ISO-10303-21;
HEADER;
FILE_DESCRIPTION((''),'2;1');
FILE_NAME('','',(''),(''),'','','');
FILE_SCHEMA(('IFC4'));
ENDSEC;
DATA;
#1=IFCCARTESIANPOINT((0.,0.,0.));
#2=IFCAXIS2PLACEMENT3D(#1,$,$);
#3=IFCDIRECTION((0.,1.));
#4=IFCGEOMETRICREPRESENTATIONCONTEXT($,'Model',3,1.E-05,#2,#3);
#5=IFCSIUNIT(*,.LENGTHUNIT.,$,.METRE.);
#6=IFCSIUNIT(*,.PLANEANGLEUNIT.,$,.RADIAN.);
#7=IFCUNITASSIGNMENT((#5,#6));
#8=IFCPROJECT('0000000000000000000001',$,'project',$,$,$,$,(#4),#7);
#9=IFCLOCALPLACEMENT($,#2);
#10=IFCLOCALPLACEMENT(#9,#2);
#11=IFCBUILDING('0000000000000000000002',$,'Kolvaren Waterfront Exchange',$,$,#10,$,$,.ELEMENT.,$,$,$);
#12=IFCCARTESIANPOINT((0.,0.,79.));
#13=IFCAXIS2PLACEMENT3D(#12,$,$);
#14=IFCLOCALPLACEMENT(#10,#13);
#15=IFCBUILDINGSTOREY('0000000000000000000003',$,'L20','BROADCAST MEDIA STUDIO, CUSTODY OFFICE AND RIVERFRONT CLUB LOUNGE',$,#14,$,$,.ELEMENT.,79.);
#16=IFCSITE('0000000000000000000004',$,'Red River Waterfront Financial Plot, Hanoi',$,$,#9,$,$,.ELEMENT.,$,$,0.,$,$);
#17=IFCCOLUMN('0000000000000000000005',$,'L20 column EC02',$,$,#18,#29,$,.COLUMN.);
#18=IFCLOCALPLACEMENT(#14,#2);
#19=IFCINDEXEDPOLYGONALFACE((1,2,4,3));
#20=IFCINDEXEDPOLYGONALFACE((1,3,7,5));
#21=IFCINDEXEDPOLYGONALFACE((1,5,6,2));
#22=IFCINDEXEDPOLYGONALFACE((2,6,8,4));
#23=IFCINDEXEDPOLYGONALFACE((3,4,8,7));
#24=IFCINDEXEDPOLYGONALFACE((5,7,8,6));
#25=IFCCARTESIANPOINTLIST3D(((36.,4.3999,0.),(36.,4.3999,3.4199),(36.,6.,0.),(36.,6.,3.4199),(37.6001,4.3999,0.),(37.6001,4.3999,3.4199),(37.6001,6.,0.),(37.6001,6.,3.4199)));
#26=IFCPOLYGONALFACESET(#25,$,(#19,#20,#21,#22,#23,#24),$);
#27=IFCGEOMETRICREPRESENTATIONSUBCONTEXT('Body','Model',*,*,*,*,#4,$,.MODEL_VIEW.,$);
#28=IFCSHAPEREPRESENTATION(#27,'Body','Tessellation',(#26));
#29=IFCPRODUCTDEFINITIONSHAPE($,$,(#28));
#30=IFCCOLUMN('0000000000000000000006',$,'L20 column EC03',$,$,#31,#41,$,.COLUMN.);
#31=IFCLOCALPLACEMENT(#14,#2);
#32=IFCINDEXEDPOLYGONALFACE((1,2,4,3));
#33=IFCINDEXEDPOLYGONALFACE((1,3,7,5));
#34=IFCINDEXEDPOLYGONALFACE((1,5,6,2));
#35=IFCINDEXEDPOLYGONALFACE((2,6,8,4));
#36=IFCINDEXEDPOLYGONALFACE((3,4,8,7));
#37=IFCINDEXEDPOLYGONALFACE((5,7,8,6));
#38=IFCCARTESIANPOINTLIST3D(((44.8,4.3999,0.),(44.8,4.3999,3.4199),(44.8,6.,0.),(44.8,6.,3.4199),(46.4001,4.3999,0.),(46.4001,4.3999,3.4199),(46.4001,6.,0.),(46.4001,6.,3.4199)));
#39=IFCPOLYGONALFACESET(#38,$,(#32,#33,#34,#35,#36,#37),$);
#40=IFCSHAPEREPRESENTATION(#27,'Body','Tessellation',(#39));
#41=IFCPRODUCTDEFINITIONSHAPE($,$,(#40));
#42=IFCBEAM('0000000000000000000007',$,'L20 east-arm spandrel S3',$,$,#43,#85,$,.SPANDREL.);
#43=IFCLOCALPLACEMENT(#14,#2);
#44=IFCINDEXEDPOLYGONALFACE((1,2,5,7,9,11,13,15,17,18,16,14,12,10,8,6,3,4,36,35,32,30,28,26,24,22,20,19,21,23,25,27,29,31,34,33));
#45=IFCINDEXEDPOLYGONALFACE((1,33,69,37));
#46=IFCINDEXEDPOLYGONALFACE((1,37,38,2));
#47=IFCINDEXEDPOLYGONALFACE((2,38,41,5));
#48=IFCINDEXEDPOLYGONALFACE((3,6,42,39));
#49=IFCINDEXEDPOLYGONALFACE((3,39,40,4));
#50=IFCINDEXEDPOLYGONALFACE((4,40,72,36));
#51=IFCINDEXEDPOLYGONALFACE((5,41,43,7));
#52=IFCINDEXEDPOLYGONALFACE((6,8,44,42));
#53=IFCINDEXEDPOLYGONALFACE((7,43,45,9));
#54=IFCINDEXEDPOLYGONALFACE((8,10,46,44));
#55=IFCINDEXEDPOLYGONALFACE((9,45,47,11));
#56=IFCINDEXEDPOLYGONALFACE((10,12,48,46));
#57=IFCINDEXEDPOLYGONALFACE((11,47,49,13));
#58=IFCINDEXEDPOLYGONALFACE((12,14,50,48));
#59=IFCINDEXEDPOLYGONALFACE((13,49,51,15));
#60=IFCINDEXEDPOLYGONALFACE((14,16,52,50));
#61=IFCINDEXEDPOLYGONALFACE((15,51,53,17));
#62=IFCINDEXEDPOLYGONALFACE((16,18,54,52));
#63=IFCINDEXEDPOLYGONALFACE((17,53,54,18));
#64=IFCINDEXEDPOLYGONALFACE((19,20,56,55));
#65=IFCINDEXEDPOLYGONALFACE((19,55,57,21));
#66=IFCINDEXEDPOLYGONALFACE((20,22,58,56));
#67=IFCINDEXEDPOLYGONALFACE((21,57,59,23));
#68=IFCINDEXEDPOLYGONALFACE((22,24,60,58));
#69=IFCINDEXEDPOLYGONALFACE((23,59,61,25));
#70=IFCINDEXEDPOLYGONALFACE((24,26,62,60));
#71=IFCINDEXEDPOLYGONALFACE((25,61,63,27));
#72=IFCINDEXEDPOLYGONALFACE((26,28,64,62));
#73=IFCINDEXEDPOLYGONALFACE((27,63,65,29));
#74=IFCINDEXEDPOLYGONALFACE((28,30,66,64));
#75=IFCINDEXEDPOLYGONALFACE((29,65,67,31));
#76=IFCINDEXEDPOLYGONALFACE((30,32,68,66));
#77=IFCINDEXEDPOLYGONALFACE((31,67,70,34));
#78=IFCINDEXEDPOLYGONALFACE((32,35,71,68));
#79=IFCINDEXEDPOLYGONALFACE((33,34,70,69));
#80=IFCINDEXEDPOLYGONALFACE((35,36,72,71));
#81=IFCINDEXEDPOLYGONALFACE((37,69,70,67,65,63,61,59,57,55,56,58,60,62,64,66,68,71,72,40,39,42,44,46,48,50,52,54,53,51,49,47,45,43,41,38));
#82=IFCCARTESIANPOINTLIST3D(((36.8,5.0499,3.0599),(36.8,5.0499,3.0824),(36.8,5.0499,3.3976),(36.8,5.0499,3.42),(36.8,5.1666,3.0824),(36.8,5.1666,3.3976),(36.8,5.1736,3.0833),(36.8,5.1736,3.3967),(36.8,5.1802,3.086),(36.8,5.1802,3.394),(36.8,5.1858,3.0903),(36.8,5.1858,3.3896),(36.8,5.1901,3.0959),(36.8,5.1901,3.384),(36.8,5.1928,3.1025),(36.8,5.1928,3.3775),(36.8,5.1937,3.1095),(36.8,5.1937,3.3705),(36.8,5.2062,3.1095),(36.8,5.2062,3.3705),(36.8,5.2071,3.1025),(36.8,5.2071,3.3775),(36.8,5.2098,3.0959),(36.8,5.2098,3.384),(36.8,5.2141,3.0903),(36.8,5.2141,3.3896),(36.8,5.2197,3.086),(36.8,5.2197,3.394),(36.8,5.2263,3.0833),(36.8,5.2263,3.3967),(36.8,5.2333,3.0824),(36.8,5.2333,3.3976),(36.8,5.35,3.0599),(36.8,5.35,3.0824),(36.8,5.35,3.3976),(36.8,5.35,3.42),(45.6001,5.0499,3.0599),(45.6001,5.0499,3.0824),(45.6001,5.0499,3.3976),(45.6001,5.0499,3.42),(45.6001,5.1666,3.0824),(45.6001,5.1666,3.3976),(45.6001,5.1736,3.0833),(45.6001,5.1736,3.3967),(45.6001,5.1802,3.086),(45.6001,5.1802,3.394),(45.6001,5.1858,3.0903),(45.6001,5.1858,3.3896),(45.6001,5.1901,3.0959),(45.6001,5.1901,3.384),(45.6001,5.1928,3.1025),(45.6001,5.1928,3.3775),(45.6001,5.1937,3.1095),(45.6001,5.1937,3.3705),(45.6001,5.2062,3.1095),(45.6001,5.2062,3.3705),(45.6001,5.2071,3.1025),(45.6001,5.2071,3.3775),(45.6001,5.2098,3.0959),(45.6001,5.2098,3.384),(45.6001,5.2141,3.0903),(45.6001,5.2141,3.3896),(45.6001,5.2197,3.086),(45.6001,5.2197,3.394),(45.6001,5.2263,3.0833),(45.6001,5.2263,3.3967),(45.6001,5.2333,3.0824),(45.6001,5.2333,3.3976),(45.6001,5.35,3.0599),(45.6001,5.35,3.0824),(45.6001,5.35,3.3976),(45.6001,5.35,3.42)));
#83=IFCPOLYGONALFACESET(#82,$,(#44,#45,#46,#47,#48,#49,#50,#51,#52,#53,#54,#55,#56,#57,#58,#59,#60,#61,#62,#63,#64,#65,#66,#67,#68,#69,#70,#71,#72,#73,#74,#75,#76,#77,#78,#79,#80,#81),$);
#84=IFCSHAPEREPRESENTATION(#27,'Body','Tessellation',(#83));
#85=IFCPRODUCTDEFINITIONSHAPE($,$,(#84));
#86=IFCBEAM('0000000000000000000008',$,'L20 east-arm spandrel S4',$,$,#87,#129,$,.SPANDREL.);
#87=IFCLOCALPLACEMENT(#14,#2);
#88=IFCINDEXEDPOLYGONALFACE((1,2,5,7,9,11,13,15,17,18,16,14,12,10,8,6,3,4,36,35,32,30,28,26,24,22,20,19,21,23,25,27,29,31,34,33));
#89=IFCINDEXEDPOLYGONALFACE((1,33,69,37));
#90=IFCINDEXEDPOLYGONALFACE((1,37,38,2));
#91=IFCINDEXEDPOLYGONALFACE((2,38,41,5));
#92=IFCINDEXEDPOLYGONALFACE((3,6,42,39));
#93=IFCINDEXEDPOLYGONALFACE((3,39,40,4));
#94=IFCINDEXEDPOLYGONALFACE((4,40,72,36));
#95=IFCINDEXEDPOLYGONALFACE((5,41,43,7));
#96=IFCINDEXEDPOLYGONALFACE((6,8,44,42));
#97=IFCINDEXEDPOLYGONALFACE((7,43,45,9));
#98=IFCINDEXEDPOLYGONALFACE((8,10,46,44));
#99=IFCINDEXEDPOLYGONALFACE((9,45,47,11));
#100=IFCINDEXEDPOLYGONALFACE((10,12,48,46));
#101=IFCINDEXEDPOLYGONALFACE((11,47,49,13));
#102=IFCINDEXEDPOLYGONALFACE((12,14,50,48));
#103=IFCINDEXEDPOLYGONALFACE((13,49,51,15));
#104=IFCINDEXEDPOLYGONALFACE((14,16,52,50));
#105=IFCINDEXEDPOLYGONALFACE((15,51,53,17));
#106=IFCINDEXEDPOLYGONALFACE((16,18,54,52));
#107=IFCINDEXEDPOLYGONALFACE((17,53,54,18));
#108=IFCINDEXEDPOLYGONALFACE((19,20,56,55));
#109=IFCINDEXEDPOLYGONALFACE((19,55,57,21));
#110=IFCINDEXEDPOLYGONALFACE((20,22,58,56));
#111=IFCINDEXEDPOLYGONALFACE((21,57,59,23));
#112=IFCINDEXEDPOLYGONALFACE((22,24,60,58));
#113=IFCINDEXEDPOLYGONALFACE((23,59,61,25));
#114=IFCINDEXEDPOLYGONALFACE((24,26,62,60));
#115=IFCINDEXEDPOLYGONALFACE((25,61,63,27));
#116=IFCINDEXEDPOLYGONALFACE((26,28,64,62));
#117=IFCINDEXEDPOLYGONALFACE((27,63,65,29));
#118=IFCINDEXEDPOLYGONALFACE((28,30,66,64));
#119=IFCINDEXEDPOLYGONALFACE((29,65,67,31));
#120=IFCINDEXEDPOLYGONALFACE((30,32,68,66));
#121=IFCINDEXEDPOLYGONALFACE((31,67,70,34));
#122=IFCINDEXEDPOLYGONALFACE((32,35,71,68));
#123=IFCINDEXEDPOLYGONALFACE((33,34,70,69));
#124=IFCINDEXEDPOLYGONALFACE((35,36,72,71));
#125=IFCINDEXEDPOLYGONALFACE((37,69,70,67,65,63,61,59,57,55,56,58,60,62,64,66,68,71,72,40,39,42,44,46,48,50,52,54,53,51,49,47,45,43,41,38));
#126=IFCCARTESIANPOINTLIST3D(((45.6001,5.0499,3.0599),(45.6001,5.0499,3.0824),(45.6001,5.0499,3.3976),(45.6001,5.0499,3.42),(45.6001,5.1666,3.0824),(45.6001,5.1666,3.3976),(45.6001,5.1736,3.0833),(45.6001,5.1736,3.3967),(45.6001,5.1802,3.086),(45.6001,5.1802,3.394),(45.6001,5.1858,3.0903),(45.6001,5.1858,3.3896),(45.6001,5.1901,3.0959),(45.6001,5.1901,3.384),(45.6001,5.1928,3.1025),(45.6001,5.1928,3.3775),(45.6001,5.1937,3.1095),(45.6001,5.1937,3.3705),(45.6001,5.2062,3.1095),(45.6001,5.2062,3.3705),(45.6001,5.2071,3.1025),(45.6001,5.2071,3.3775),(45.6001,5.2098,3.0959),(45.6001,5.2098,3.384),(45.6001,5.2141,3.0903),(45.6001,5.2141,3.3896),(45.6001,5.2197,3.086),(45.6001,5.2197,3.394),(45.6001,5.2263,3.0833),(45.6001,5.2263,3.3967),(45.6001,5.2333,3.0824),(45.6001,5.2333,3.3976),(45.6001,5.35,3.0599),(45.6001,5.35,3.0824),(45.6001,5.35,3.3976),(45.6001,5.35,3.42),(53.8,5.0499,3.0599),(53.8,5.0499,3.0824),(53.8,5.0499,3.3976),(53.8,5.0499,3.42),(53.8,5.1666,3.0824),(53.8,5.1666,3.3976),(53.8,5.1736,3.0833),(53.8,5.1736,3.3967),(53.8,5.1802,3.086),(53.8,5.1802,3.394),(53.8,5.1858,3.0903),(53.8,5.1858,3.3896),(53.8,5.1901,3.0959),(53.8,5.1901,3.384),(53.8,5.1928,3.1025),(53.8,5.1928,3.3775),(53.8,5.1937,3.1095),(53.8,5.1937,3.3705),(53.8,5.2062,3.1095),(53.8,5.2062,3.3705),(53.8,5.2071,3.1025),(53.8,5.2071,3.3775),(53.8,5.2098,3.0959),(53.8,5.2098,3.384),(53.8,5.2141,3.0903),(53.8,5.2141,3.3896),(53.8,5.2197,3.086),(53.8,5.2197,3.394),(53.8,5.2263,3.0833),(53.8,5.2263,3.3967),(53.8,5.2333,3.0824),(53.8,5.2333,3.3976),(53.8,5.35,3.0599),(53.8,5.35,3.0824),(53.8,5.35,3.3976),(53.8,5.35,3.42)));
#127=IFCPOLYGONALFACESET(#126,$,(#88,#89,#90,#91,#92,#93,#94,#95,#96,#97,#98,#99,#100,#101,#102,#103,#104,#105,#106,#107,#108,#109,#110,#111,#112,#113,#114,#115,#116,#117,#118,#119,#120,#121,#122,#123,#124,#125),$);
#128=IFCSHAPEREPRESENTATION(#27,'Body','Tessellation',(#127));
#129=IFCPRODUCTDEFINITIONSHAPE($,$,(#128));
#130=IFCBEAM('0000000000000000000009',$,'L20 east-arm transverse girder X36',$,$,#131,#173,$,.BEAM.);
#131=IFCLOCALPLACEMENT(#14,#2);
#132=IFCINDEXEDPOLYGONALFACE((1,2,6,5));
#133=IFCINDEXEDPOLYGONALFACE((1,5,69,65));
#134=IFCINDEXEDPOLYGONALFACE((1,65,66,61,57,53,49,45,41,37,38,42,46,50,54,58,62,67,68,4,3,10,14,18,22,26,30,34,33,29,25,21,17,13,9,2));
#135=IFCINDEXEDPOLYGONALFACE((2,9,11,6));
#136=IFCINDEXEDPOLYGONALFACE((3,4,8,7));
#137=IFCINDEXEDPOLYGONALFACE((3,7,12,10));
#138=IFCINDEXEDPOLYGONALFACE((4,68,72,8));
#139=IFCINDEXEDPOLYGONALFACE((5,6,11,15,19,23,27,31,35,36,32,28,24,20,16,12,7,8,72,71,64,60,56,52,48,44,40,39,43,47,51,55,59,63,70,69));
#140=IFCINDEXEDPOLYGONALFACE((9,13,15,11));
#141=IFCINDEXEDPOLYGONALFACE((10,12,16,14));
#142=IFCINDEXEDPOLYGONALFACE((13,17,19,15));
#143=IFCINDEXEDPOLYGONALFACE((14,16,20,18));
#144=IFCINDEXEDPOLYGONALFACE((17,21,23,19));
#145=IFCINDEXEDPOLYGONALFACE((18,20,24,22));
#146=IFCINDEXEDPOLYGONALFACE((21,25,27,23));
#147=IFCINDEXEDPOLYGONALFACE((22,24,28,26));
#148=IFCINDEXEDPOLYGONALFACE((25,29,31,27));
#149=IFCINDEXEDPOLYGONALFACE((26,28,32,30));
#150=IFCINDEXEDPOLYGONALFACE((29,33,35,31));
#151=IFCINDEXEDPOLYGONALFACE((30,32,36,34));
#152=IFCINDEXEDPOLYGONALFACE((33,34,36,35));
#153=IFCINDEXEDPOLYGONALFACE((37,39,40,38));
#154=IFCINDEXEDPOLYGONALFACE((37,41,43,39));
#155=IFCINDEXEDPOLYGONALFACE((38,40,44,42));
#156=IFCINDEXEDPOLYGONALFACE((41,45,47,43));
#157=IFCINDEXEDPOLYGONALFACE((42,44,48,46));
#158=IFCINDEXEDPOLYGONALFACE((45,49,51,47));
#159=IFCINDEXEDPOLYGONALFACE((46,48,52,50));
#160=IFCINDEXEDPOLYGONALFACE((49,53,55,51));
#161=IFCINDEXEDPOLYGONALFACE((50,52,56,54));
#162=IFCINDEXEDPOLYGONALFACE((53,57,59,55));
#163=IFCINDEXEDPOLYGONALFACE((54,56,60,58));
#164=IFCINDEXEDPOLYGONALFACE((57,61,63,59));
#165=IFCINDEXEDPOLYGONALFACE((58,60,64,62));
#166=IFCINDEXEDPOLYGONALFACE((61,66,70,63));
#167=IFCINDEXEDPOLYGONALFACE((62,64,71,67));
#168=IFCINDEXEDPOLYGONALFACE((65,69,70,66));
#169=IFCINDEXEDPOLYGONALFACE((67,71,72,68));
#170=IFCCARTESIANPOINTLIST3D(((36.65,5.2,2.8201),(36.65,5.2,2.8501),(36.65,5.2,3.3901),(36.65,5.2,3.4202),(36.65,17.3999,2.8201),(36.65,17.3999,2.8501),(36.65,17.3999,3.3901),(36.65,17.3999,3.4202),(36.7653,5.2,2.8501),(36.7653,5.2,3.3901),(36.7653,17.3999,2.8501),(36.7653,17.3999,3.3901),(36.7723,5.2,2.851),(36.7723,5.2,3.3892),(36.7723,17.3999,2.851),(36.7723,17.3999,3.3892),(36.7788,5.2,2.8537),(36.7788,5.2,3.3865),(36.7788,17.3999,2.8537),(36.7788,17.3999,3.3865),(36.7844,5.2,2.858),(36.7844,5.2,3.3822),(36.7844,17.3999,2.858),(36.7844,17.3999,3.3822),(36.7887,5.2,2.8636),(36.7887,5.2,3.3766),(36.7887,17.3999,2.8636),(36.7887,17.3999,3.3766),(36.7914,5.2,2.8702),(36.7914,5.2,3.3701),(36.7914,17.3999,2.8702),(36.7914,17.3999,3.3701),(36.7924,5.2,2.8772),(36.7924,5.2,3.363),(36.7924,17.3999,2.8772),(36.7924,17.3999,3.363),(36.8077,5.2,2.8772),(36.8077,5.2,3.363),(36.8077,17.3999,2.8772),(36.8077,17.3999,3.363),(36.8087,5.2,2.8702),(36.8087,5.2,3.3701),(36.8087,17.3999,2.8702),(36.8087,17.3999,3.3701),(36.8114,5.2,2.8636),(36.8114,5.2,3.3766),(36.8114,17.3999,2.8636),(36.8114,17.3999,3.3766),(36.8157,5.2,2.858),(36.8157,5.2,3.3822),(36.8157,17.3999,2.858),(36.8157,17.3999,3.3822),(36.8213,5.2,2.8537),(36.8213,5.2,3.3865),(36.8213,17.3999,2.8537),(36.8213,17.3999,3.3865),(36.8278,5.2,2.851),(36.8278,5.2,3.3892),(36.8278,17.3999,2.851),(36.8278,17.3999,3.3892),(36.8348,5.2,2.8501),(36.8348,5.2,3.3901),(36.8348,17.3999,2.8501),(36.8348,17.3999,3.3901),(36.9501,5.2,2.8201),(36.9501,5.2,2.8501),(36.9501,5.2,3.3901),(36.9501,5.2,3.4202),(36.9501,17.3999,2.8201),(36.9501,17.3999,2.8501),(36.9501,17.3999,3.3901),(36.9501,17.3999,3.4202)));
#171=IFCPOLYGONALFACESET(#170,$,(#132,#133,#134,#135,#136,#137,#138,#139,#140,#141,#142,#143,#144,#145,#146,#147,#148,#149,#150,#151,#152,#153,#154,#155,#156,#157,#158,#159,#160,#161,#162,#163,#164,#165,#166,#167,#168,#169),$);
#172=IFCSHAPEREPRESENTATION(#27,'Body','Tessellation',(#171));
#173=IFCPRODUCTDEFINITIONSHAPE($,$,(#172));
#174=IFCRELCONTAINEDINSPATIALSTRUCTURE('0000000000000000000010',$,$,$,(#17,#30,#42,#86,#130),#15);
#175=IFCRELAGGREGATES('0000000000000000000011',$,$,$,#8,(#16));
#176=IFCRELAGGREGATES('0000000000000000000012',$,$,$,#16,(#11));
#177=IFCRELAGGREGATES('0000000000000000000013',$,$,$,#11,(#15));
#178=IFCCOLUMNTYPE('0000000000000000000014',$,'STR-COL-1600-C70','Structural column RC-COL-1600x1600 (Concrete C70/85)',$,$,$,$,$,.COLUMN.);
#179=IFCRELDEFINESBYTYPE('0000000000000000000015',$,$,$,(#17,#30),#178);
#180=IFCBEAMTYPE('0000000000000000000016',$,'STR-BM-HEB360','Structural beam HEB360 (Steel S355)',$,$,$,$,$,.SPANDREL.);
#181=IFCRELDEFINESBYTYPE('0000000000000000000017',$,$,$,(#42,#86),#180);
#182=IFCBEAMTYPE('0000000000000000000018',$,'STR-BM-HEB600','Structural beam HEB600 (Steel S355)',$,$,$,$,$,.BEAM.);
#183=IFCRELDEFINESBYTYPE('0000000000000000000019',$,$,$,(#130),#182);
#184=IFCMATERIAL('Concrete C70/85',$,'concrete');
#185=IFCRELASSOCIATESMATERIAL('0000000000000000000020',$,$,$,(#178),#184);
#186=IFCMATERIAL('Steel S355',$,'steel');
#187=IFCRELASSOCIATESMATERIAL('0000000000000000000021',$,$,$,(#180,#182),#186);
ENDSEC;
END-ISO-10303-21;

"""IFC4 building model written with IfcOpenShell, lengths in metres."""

from ifc_helpers import new_model, si_unit, direction, frame, origin, origin_2d, place, context, subcontext, project, spatial, rectangle, i_section, extrude, material, material_profile, profile_set, type_object, element, save


model = new_model("IFC4")

# Units and contexts
model_context = context("Model", 3, precision=1e-05, world=origin(), true_north=direction((0.0, 1.0)))
body_context = subcontext(model_context, "Body", "Model", "MODEL_VIEW")
ifc_project = project(units=[si_unit("LENGTHUNIT", "METRE"), si_unit("PLANEANGLEUNIT", "RADIAN")], contexts=[model_context])

# Site, building, storey
site_placement = place(None, origin())
site = spatial("IfcSite", under=ifc_project, at=site_placement, Name="Red River Waterfront Financial Plot, Hanoi", CompositionType="ELEMENT", RefElevation=0.0)
building_placement = place(site_placement, origin())
building = spatial("IfcBuilding", under=site, at=building_placement, Name="Kolvaren Waterfront Exchange", CompositionType="ELEMENT")
storey_placement = place(building_placement, frame((0.0, 0.0, 79.0)))
storey = spatial("IfcBuildingStorey", under=building, at=storey_placement, Name="L20", Description="BROADCAST MEDIA STUDIO, CUSTODY OFFICE AND RIVERFRONT CLUB LOUNGE", CompositionType="ELEMENT", Elevation=79.0)

# Columns
ifc_material_1 = material(Name="Concrete C70/85", Category="concrete")
ifc_material_profile_1 = material_profile(ifc_material_1, rectangle(XDim=1.6001, YDim=1.6001, at=origin_2d()), Name="RC-COL-1600x1600")
ifc_profile_set_1 = profile_set([ifc_material_profile_1], Name="Concrete C70/85")
column_type = type_object("IfcColumnType", Name="STR-COL-1600-C70", Description="Structural column RC-COL-1600x1600 (Concrete C70/85)", PredefinedType="COLUMN", material=ifc_profile_set_1)
for number, where, z_axis, x_axis, name in (
    (1, (36.8, 5.2, 0.0), (0.0, 0.0, 1.0), (1.0, 0.0, 0.0), "L20 column EC02"),
    (2, (45.6001, 5.2, 0.0), (0.0, 0.0, 1.0), (1.0, 0.0, 0.0), "L20 column EC03"),
):
    element("IfcColumn", number, at=place(storey_placement, frame(where, z_axis=z_axis, x_axis=x_axis)), inside=storey, type_object=column_type, Name=name, PredefinedType="COLUMN", context=body_context, shape_type="SweptSolid", body=[
        extrude(rectangle(XDim=1.6001, YDim=1.6001, at=origin_2d()), origin(), (0.0, 0.0, 1.0), 3.4199),
    ])

# Beams
ifc_material_2 = material(Name="Steel S355", Category="steel")
ifc_material_profile_2 = material_profile(ifc_material_2, i_section(OverallWidth=0.3, OverallDepth=0.3601, WebThickness=0.0125, FlangeThickness=0.0225, FilletRadius=0.0271, at=origin_2d()), Name="HEB360")
ifc_profile_set_2 = profile_set([ifc_material_profile_2], Name="Steel S355")
beam_type_1 = type_object("IfcBeamType", Name="STR-BM-HEB360", Description="Structural beam HEB360 (Steel S355)", PredefinedType="SPANDREL", material=ifc_profile_set_2)
beam_1_placement = place(storey_placement, frame((36.8, 5.2, 3.24), z_axis=(1.0, 0.0, 0.0), x_axis=(0.0, 1.0, 0.0)))
element("IfcBeam", 3, at=beam_1_placement, inside=storey, type_object=beam_type_1, Name="L20 east-arm spandrel S3", PredefinedType="SPANDREL", context=body_context, shape_type="SweptSolid", body=[
    extrude(i_section(OverallWidth=0.3, OverallDepth=0.3601, WebThickness=0.0125, FlangeThickness=0.0225, FilletRadius=0.0271, at=origin_2d()), origin(), (0.0, 0.0, 1.0), 8.8),
])
beam_2_placement = place(storey_placement, frame((45.6001, 5.2, 3.24), z_axis=(1.0, 0.0, 0.0), x_axis=(0.0, 1.0, 0.0)))
element("IfcBeam", 4, at=beam_2_placement, inside=storey, type_object=beam_type_1, Name="L20 east-arm spandrel S4", PredefinedType="SPANDREL", context=body_context, shape_type="SweptSolid", body=[
    extrude(i_section(OverallWidth=0.3, OverallDepth=0.3601, WebThickness=0.0125, FlangeThickness=0.0225, FilletRadius=0.0271, at=origin_2d()), origin(), (0.0, 0.0, 1.0), 8.2),
])
ifc_material_profile_3 = material_profile(ifc_material_2, i_section(OverallWidth=0.3, OverallDepth=0.6001, WebThickness=0.0154, FlangeThickness=0.03, FilletRadius=0.0271, at=origin_2d()), Name="HEB600")
ifc_profile_set_3 = profile_set([ifc_material_profile_3], Name="Steel S355")
beam_type_2 = type_object("IfcBeamType", Name="STR-BM-HEB600", Description="Structural beam HEB600 (Steel S355)", PredefinedType="BEAM", material=ifc_profile_set_3)
beam_3_placement = place(storey_placement, frame((36.8, 5.2, 3.1201), z_axis=(0.0, 1.0, 0.0), x_axis=(-1.0, 0.0, 0.0)))
element("IfcBeam", 5, at=beam_3_placement, inside=storey, type_object=beam_type_2, Name="L20 east-arm transverse girder X36", PredefinedType="BEAM", context=body_context, shape_type="SweptSolid", body=[
    extrude(i_section(OverallWidth=0.3, OverallDepth=0.6001, WebThickness=0.0154, FlangeThickness=0.03, FilletRadius=0.0271, at=origin_2d()), origin(), (0.0, 0.0, 1.0), 12.2),
])

save(model, "model.ifc")
